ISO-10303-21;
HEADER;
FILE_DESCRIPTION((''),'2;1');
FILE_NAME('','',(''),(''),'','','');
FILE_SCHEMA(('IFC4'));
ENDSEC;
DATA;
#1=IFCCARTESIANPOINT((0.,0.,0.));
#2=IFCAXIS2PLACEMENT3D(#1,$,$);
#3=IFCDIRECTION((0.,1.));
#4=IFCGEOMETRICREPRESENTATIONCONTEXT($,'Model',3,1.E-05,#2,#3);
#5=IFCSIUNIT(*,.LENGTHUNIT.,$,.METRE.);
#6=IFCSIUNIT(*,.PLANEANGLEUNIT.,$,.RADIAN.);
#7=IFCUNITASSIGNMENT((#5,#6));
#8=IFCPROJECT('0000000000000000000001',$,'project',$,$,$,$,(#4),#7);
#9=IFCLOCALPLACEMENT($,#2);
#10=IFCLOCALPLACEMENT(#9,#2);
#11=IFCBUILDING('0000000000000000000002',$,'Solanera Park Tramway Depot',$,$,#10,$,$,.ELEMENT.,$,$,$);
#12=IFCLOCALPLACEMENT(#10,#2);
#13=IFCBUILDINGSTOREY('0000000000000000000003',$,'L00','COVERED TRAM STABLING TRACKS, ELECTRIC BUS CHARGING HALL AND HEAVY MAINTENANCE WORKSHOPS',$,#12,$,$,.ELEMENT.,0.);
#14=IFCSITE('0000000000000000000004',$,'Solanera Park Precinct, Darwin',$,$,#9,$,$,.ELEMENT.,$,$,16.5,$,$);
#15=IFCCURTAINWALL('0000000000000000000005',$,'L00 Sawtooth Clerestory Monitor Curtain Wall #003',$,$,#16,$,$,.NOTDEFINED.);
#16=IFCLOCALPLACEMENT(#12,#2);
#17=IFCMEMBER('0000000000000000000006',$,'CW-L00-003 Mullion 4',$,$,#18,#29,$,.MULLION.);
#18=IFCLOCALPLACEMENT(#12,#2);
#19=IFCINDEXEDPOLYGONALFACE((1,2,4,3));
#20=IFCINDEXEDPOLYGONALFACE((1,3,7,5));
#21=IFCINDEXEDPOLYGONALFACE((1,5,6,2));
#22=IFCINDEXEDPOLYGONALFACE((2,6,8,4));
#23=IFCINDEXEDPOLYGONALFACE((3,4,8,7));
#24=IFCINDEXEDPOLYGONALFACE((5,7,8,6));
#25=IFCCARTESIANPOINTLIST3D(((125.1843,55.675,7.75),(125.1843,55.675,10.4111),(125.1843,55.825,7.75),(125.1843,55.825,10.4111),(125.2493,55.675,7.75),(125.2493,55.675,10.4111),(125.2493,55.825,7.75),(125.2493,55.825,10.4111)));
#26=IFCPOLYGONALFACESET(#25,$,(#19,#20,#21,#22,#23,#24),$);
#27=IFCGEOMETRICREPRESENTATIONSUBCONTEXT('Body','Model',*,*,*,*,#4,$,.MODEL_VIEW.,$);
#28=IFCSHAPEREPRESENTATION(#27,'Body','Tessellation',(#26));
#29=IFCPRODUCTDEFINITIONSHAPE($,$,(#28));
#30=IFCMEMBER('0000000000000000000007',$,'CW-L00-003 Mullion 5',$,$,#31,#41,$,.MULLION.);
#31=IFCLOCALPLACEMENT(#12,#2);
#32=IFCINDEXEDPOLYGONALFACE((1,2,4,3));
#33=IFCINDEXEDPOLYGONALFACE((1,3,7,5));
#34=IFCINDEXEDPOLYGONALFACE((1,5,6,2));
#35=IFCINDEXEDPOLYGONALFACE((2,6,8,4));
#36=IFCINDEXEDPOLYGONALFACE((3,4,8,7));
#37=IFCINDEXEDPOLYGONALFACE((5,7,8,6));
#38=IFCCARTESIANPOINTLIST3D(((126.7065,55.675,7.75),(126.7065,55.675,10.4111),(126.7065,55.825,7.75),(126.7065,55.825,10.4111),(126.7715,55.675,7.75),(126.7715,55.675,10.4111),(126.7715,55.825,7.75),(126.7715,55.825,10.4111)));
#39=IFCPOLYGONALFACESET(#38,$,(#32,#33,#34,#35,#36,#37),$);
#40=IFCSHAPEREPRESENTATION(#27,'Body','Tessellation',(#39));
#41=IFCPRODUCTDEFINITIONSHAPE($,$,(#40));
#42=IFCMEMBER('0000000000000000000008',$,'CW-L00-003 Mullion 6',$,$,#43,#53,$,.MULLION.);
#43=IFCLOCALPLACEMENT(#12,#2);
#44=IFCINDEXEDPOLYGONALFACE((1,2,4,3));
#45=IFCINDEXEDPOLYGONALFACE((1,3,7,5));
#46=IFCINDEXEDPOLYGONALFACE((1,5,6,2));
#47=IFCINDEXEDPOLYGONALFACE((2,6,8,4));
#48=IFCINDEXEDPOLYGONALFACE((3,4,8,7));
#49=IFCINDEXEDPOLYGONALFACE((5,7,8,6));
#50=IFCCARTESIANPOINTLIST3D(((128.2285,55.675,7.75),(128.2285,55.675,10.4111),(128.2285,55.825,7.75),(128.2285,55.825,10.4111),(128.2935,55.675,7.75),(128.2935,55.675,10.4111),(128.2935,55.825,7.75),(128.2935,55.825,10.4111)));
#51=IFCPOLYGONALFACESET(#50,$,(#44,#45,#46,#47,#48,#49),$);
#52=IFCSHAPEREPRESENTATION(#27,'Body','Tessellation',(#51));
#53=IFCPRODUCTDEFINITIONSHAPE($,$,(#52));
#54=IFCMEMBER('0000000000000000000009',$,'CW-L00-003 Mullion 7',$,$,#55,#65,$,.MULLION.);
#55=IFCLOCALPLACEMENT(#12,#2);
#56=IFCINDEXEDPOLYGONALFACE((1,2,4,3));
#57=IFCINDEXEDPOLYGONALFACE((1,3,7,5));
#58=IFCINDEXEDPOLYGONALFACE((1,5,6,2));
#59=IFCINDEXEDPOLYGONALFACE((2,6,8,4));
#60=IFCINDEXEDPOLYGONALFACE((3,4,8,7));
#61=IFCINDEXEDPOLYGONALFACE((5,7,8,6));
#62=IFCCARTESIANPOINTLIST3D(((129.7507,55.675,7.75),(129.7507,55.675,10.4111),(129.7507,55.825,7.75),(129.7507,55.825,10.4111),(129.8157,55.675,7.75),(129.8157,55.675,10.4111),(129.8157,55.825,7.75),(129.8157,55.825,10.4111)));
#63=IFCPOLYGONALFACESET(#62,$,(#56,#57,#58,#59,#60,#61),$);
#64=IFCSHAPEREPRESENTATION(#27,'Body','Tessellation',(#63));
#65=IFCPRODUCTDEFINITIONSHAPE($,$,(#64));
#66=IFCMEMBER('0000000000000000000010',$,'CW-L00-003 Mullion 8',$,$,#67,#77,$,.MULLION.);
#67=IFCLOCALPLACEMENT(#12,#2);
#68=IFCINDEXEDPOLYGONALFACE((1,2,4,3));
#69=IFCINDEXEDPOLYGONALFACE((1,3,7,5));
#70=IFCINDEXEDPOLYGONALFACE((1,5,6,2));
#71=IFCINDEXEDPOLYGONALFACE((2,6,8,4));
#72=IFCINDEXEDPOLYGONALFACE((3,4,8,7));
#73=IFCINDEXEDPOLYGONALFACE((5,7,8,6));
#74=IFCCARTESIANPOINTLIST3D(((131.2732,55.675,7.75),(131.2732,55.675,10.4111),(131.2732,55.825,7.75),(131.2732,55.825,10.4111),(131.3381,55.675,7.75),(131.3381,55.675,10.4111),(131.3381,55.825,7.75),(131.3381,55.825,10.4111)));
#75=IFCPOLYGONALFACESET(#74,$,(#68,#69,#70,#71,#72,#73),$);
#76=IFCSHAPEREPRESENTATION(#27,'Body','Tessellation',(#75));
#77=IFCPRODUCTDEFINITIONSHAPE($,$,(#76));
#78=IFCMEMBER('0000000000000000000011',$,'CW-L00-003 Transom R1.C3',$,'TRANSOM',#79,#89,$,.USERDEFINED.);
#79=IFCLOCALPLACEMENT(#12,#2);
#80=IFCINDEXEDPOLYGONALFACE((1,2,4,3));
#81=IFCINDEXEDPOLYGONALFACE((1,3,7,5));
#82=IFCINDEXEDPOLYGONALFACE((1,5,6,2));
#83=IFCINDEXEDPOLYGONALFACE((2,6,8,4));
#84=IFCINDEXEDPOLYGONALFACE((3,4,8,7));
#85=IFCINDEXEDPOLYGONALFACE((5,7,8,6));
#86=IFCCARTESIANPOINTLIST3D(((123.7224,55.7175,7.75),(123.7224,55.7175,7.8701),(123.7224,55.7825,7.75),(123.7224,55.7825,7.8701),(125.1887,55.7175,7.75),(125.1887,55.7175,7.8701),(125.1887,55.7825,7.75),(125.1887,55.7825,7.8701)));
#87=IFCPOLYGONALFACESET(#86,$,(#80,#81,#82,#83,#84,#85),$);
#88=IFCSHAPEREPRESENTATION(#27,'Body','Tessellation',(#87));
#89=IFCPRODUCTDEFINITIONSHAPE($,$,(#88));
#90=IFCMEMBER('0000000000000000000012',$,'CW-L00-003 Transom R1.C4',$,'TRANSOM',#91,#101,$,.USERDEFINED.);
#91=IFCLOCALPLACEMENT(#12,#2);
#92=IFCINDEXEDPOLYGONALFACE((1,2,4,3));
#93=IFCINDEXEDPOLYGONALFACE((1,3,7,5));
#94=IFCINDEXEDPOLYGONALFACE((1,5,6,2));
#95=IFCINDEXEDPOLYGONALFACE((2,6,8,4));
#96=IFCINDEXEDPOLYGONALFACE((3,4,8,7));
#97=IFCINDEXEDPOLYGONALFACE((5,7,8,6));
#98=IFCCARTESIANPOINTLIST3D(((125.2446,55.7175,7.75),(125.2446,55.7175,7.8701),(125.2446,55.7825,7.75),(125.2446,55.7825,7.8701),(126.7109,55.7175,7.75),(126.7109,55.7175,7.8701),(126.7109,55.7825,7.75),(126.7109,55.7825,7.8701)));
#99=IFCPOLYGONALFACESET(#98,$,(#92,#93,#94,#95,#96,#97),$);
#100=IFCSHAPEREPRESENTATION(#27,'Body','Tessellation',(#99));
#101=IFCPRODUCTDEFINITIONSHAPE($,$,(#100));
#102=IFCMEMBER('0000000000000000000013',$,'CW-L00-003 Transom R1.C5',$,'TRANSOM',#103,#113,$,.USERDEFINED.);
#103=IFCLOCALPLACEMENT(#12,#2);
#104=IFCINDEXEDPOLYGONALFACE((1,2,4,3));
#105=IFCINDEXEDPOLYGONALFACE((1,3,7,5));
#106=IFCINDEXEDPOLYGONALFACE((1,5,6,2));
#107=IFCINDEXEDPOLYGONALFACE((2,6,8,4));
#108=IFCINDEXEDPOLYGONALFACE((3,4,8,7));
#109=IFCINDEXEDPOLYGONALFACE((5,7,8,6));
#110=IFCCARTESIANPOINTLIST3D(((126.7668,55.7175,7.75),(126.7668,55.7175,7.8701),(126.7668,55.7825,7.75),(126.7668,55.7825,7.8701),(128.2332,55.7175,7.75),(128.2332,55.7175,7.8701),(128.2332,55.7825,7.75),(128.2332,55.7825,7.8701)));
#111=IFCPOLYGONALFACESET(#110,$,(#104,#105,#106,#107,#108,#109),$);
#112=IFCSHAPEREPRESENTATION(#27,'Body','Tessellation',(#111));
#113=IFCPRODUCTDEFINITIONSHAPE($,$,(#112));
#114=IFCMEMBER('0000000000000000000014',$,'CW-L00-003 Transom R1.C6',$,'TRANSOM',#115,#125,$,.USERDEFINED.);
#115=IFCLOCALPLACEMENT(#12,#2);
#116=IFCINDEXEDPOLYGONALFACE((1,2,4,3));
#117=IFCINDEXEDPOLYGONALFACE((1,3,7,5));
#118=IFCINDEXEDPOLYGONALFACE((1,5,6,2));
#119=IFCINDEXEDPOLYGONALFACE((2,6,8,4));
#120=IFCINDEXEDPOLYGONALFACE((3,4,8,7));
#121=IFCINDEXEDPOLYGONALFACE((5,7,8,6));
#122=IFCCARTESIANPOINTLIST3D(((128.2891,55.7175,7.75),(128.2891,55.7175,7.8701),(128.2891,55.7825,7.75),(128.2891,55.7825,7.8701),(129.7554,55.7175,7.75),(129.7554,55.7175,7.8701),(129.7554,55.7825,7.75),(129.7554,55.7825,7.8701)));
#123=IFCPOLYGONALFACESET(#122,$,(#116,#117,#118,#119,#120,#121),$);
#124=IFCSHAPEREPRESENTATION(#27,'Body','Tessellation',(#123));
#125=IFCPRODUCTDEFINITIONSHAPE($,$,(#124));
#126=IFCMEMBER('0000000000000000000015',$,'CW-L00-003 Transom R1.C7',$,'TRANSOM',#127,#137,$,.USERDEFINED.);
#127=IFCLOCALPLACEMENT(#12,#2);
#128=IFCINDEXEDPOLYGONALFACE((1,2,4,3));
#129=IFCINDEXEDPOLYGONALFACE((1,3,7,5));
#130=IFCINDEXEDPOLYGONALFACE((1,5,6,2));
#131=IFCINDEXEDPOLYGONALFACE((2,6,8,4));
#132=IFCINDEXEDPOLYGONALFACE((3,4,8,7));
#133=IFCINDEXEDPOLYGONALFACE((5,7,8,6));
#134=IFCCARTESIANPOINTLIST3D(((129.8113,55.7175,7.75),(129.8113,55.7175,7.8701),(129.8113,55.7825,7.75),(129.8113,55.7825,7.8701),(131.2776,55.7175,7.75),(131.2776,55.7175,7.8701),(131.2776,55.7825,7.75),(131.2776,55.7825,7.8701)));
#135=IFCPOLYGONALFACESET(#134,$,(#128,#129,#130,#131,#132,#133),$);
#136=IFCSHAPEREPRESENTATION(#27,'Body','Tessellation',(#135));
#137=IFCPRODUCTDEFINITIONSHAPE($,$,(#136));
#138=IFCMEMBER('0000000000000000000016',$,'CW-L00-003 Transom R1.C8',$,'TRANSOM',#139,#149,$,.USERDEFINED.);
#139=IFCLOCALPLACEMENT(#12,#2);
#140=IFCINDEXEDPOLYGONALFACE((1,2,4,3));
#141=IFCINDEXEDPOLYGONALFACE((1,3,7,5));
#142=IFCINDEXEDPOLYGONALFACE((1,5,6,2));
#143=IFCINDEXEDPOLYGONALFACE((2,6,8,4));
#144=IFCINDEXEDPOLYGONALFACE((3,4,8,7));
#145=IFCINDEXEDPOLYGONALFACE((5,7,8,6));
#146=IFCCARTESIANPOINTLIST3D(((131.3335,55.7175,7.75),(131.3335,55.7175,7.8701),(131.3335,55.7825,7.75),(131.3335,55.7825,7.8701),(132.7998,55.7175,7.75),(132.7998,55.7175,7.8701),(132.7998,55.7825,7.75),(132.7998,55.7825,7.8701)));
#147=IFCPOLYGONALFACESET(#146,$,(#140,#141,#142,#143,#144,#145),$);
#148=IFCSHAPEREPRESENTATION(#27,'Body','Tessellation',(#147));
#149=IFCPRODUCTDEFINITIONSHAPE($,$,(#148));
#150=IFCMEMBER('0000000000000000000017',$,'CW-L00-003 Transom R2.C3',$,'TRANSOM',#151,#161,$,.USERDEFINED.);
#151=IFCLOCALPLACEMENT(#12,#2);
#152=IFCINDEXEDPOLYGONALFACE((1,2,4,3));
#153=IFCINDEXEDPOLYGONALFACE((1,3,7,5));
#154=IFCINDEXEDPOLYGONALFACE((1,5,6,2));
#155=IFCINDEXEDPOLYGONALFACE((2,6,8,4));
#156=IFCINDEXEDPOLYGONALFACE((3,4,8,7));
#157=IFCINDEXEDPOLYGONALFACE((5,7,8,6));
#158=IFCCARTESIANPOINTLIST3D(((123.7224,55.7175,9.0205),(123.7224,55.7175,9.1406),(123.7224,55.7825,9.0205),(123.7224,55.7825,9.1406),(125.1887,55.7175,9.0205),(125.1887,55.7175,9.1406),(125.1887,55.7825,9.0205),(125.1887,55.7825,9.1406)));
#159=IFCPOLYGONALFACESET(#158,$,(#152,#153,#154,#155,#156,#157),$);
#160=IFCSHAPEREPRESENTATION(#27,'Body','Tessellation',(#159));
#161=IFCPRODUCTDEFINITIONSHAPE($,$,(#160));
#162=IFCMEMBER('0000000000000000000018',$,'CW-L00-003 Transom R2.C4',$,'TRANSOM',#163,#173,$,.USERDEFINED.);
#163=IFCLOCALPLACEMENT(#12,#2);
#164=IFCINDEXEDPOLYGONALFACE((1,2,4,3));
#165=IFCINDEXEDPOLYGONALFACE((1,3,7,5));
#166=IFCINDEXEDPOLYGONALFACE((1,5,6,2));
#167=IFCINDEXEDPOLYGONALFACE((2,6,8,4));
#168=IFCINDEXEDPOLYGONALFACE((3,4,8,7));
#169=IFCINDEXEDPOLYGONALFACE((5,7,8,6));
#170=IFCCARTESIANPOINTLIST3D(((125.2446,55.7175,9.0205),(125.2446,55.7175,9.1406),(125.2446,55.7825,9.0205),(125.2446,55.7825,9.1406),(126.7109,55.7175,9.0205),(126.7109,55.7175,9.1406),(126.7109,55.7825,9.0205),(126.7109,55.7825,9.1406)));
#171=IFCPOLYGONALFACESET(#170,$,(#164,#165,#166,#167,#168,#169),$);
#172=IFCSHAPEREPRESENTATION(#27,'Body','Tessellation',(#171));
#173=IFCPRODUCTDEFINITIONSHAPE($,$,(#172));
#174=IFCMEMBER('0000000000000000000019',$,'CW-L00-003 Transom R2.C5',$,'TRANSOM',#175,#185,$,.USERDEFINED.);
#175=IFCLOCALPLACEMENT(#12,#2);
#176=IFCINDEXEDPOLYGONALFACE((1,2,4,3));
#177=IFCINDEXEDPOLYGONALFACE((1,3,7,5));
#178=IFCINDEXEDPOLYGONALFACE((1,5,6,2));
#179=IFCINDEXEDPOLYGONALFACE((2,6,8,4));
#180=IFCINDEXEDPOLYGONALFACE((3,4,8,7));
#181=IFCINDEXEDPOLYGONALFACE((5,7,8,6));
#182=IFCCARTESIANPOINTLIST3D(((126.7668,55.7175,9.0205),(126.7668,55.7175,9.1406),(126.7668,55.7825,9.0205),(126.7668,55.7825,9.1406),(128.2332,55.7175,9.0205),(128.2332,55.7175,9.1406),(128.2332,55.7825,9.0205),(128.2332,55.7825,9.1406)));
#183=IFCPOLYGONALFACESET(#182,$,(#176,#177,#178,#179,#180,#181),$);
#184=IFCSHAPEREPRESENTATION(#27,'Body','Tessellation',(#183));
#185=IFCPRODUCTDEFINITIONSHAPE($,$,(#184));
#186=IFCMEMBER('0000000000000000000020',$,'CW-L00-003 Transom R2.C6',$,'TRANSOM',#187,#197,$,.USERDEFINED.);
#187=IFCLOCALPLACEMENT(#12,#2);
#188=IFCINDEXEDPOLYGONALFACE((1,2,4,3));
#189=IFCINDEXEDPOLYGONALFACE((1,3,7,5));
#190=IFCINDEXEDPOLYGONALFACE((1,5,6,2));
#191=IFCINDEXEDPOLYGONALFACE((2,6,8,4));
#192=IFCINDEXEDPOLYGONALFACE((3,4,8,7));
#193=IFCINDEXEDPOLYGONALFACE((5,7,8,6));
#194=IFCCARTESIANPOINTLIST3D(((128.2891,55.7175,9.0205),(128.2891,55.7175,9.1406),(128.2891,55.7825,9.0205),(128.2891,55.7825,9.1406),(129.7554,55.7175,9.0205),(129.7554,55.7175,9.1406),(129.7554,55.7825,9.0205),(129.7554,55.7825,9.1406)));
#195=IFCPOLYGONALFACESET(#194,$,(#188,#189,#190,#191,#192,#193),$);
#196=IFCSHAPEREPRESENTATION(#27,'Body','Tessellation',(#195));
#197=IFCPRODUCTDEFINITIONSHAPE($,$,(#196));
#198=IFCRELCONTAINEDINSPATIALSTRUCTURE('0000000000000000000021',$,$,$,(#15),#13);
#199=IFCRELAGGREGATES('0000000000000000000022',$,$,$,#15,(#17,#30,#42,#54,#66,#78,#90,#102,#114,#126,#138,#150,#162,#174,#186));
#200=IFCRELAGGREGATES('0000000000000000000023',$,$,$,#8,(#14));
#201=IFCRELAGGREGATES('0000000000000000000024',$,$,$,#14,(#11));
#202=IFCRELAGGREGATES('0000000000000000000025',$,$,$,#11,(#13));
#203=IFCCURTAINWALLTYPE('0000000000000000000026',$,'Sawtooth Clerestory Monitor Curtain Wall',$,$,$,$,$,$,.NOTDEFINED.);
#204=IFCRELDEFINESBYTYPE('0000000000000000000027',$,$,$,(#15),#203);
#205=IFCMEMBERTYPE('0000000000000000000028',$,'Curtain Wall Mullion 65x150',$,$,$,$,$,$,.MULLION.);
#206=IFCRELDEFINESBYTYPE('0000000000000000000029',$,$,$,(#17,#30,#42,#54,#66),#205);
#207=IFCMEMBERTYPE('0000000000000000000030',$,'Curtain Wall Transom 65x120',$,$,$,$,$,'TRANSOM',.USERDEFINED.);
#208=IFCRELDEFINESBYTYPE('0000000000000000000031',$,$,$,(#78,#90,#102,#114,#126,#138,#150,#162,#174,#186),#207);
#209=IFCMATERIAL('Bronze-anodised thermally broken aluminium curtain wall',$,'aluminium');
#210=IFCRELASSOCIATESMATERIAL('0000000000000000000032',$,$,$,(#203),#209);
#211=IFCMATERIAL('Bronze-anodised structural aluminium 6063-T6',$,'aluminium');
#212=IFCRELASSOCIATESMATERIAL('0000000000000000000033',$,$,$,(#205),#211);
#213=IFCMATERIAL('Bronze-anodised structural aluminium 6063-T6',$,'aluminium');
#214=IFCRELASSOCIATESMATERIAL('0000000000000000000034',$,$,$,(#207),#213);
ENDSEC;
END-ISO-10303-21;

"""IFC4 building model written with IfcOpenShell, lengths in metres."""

from ifc_helpers import new_model, si_unit, direction, frame, origin, origin_2d, place, context, subcontext, project, spatial, rectangle, extrude, material, material_profile, profile_set, type_object, element, aggregate, save


model = new_model("IFC4")

# Units and contexts
model_context = context("Model", 3, precision=1e-05, world=origin(), true_north=direction((0.0, 1.0)))
body_context = subcontext(model_context, "Body", "Model", "MODEL_VIEW")
ifc_project = project(units=[si_unit("LENGTHUNIT", "METRE"), si_unit("PLANEANGLEUNIT", "RADIAN")], contexts=[model_context])

# Site, building, storey
site_placement = place(None, origin())
site = spatial("IfcSite", under=ifc_project, at=site_placement, Name="Solanera Park Precinct, Darwin", CompositionType="ELEMENT", RefElevation=16.5)
building_placement = place(site_placement, origin())
building = spatial("IfcBuilding", under=site, at=building_placement, Name="Solanera Park Tramway Depot", CompositionType="ELEMENT")
storey_placement = place(building_placement, origin())
storey = spatial("IfcBuildingStorey", under=building, at=storey_placement, Name="L00", Description="COVERED TRAM STABLING TRACKS, ELECTRIC BUS CHARGING HALL AND HEAVY MAINTENANCE WORKSHOPS", CompositionType="ELEMENT", Elevation=0.0)

# Curtain wall, members
ifc_material_1 = material(Name="Bronze-anodised thermally broken aluminium curtain wall", Category="aluminium")
curtain_wall_type = type_object("IfcCurtainWallType", Name="Sawtooth Clerestory Monitor Curtain Wall", PredefinedType="NOTDEFINED", material=ifc_material_1)
curtain_wall_placement = place(storey_placement, origin())
curtain_wall = element("IfcCurtainWall", 1, at=curtain_wall_placement, inside=storey, type_object=curtain_wall_type, Name="L00 Sawtooth Clerestory Monitor Curtain Wall #003", PredefinedType="NOTDEFINED")
ifc_material_2 = material(Name="Bronze-anodised structural aluminium 6063-T6", Category="aluminium")
ifc_material_profile_1 = material_profile(ifc_material_2, rectangle(XDim=0.0649, YDim=0.1499, at=origin_2d()), Name="Curtain Wall Mullion 65x150")
ifc_profile_set_1 = profile_set([ifc_material_profile_1], Name="Bronze-anodised structural aluminium 6063-T6")
member_type_1 = type_object("IfcMemberType", Name="Curtain Wall Mullion 65x150", PredefinedType="MULLION", material=ifc_profile_set_1)
member_1_placement = place(storey_placement, frame((125.2168, 55.75, 7.75), z_axis=(0.0, 0.0, 1.0), x_axis=(1.0, 0.0, 0.0)))
member_1 = element("IfcMember", 2, at=member_1_placement, type_object=member_type_1, Name="CW-L00-003 Mullion 4", PredefinedType="MULLION", context=body_context, shape_type="SweptSolid", body=[
    extrude(rectangle(XDim=0.0649, YDim=0.1499, at=origin_2d()), origin(), (0.0, 0.0, 1.0), 2.6611),
])
member_2_placement = place(storey_placement, frame((126.739, 55.75, 7.75), z_axis=(0.0, 0.0, 1.0), x_axis=(1.0, 0.0, 0.0)))
member_2 = element("IfcMember", 3, at=member_2_placement, type_object=member_type_1, Name="CW-L00-003 Mullion 5", PredefinedType="MULLION", context=body_context, shape_type="SweptSolid", body=[
    extrude(rectangle(XDim=0.0649, YDim=0.1499, at=origin_2d()), origin(), (0.0, 0.0, 1.0), 2.6611),
])
member_3_placement = place(storey_placement, frame((128.261, 55.75, 7.75), z_axis=(0.0, 0.0, 1.0), x_axis=(1.0, 0.0, 0.0)))
member_3 = element("IfcMember", 4, at=member_3_placement, type_object=member_type_1, Name="CW-L00-003 Mullion 6", PredefinedType="MULLION", context=body_context, shape_type="SweptSolid", body=[
    extrude(rectangle(XDim=0.0649, YDim=0.1499, at=origin_2d()), origin(), (0.0, 0.0, 1.0), 2.6611),
])
member_4_placement = place(storey_placement, frame((129.7832, 55.75, 7.75), z_axis=(0.0, 0.0, 1.0), x_axis=(1.0, 0.0, 0.0)))
member_4 = element("IfcMember", 5, at=member_4_placement, type_object=member_type_1, Name="CW-L00-003 Mullion 7", PredefinedType="MULLION", context=body_context, shape_type="SweptSolid", body=[
    extrude(rectangle(XDim=0.0649, YDim=0.1499, at=origin_2d()), origin(), (0.0, 0.0, 1.0), 2.6611),
])
member_5_placement = place(storey_placement, frame((131.3057, 55.75, 7.75), z_axis=(0.0, 0.0, 1.0), x_axis=(1.0, 0.0, 0.0)))
member_5 = element("IfcMember", 6, at=member_5_placement, type_object=member_type_1, Name="CW-L00-003 Mullion 8", PredefinedType="MULLION", context=body_context, shape_type="SweptSolid", body=[
    extrude(rectangle(XDim=0.0649, YDim=0.1499, at=origin_2d()), origin(), (0.0, 0.0, 1.0), 2.6611),
])
ifc_material_3 = material(Name="Bronze-anodised structural aluminium 6063-T6", Category="aluminium")
ifc_material_profile_2 = material_profile(ifc_material_3, rectangle(XDim=0.0649, YDim=0.1201, at=origin_2d()), Name="Curtain Wall Transom 65x120")
ifc_profile_set_2 = profile_set([ifc_material_profile_2], Name="Bronze-anodised structural aluminium 6063-T6")
member_type_2 = type_object("IfcMemberType", Name="Curtain Wall Transom 65x120", ElementType="TRANSOM", PredefinedType="USERDEFINED", material=ifc_profile_set_2)
member_6_placement = place(storey_placement, frame((123.7224, 55.75, 7.8101), z_axis=(1.0, 0.0, 0.0), x_axis=(0.0, 1.0, 0.0)))
member_6 = element("IfcMember", 7, at=member_6_placement, type_object=member_type_2, Name="CW-L00-003 Transom R1.C3", ObjectType="TRANSOM", PredefinedType="USERDEFINED", context=body_context, shape_type="SweptSolid", body=[
    extrude(rectangle(XDim=0.0649, YDim=0.1201, at=origin_2d()), origin(), (0.0, 0.0, 1.0), 1.4663),
])
member_7_placement = place(storey_placement, frame((125.2446, 55.75, 7.8101), z_axis=(1.0, 0.0, 0.0), x_axis=(0.0, 1.0, 0.0)))
member_7 = element("IfcMember", 8, at=member_7_placement, type_object=member_type_2, Name="CW-L00-003 Transom R1.C4", ObjectType="TRANSOM", PredefinedType="USERDEFINED", context=body_context, shape_type="SweptSolid", body=[
    extrude(rectangle(XDim=0.0649, YDim=0.1201, at=origin_2d()), origin(), (0.0, 0.0, 1.0), 1.4663),
])
member_8_placement = place(storey_placement, frame((126.7668, 55.75, 7.8101), z_axis=(1.0, 0.0, 0.0), x_axis=(0.0, 1.0, 0.0)))
member_8 = element("IfcMember", 9, at=member_8_placement, type_object=member_type_2, Name="CW-L00-003 Transom R1.C5", ObjectType="TRANSOM", PredefinedType="USERDEFINED", context=body_context, shape_type="SweptSolid", body=[
    extrude(rectangle(XDim=0.0649, YDim=0.1201, at=origin_2d()), origin(), (0.0, 0.0, 1.0), 1.4663),
])
member_9_placement = place(storey_placement, frame((128.2891, 55.75, 7.8101), z_axis=(1.0, 0.0, 0.0), x_axis=(0.0, 1.0, 0.0)))
member_9 = element("IfcMember", 10, at=member_9_placement, type_object=member_type_2, Name="CW-L00-003 Transom R1.C6", ObjectType="TRANSOM", PredefinedType="USERDEFINED", context=body_context, shape_type="SweptSolid", body=[
    extrude(rectangle(XDim=0.0649, YDim=0.1201, at=origin_2d()), origin(), (0.0, 0.0, 1.0), 1.4663),
])
member_10_placement = place(storey_placement, frame((129.8113, 55.75, 7.8101), z_axis=(1.0, 0.0, 0.0), x_axis=(0.0, 1.0, 0.0)))
member_10 = element("IfcMember", 11, at=member_10_placement, type_object=member_type_2, Name="CW-L00-003 Transom R1.C7", ObjectType="TRANSOM", PredefinedType="USERDEFINED", context=body_context, shape_type="SweptSolid", body=[
    extrude(rectangle(XDim=0.0649, YDim=0.1201, at=origin_2d()), origin(), (0.0, 0.0, 1.0), 1.4663),
])
member_11_placement = place(storey_placement, frame((131.3335, 55.75, 7.8101), z_axis=(1.0, 0.0, 0.0), x_axis=(0.0, 1.0, 0.0)))
member_11 = element("IfcMember", 12, at=member_11_placement, type_object=member_type_2, Name="CW-L00-003 Transom R1.C8", ObjectType="TRANSOM", PredefinedType="USERDEFINED", context=body_context, shape_type="SweptSolid", body=[
    extrude(rectangle(XDim=0.0649, YDim=0.1201, at=origin_2d()), origin(), (0.0, 0.0, 1.0), 1.4663),
])
member_12_placement = place(storey_placement, frame((123.7224, 55.75, 9.0806), z_axis=(1.0, 0.0, 0.0), x_axis=(0.0, 1.0, 0.0)))
member_12 = element("IfcMember", 13, at=member_12_placement, type_object=member_type_2, Name="CW-L00-003 Transom R2.C3", ObjectType="TRANSOM", PredefinedType="USERDEFINED", context=body_context, shape_type="SweptSolid", body=[
    extrude(rectangle(XDim=0.0649, YDim=0.1201, at=origin_2d()), origin(), (0.0, 0.0, 1.0), 1.4663),
])
member_13_placement = place(storey_placement, frame((125.2446, 55.75, 9.0806), z_axis=(1.0, 0.0, 0.0), x_axis=(0.0, 1.0, 0.0)))
member_13 = element("IfcMember", 14, at=member_13_placement, type_object=member_type_2, Name="CW-L00-003 Transom R2.C4", ObjectType="TRANSOM", PredefinedType="USERDEFINED", context=body_context, shape_type="SweptSolid", body=[
    extrude(rectangle(XDim=0.0649, YDim=0.1201, at=origin_2d()), origin(), (0.0, 0.0, 1.0), 1.4663),
])
member_14_placement = place(storey_placement, frame((126.7668, 55.75, 9.0806), z_axis=(1.0, 0.0, 0.0), x_axis=(0.0, 1.0, 0.0)))
member_14 = element("IfcMember", 15, at=member_14_placement, type_object=member_type_2, Name="CW-L00-003 Transom R2.C5", ObjectType="TRANSOM", PredefinedType="USERDEFINED", context=body_context, shape_type="SweptSolid", body=[
    extrude(rectangle(XDim=0.0649, YDim=0.1201, at=origin_2d()), origin(), (0.0, 0.0, 1.0), 1.4663),
])
member_15_placement = place(storey_placement, frame((128.2891, 55.75, 9.0806), z_axis=(1.0, 0.0, 0.0), x_axis=(0.0, 1.0, 0.0)))
member_15 = element("IfcMember", 16, at=member_15_placement, type_object=member_type_2, Name="CW-L00-003 Transom R2.C6", ObjectType="TRANSOM", PredefinedType="USERDEFINED", context=body_context, shape_type="SweptSolid", body=[
    extrude(rectangle(XDim=0.0649, YDim=0.1201, at=origin_2d()), origin(), (0.0, 0.0, 1.0), 1.4663),
])
aggregate(curtain_wall, [member_1, member_2, member_3, member_4, member_5, member_6, member_7, member_8, member_9, member_10, member_11, member_12, member_13, member_14, member_15])

save(model, "model.ifc")
